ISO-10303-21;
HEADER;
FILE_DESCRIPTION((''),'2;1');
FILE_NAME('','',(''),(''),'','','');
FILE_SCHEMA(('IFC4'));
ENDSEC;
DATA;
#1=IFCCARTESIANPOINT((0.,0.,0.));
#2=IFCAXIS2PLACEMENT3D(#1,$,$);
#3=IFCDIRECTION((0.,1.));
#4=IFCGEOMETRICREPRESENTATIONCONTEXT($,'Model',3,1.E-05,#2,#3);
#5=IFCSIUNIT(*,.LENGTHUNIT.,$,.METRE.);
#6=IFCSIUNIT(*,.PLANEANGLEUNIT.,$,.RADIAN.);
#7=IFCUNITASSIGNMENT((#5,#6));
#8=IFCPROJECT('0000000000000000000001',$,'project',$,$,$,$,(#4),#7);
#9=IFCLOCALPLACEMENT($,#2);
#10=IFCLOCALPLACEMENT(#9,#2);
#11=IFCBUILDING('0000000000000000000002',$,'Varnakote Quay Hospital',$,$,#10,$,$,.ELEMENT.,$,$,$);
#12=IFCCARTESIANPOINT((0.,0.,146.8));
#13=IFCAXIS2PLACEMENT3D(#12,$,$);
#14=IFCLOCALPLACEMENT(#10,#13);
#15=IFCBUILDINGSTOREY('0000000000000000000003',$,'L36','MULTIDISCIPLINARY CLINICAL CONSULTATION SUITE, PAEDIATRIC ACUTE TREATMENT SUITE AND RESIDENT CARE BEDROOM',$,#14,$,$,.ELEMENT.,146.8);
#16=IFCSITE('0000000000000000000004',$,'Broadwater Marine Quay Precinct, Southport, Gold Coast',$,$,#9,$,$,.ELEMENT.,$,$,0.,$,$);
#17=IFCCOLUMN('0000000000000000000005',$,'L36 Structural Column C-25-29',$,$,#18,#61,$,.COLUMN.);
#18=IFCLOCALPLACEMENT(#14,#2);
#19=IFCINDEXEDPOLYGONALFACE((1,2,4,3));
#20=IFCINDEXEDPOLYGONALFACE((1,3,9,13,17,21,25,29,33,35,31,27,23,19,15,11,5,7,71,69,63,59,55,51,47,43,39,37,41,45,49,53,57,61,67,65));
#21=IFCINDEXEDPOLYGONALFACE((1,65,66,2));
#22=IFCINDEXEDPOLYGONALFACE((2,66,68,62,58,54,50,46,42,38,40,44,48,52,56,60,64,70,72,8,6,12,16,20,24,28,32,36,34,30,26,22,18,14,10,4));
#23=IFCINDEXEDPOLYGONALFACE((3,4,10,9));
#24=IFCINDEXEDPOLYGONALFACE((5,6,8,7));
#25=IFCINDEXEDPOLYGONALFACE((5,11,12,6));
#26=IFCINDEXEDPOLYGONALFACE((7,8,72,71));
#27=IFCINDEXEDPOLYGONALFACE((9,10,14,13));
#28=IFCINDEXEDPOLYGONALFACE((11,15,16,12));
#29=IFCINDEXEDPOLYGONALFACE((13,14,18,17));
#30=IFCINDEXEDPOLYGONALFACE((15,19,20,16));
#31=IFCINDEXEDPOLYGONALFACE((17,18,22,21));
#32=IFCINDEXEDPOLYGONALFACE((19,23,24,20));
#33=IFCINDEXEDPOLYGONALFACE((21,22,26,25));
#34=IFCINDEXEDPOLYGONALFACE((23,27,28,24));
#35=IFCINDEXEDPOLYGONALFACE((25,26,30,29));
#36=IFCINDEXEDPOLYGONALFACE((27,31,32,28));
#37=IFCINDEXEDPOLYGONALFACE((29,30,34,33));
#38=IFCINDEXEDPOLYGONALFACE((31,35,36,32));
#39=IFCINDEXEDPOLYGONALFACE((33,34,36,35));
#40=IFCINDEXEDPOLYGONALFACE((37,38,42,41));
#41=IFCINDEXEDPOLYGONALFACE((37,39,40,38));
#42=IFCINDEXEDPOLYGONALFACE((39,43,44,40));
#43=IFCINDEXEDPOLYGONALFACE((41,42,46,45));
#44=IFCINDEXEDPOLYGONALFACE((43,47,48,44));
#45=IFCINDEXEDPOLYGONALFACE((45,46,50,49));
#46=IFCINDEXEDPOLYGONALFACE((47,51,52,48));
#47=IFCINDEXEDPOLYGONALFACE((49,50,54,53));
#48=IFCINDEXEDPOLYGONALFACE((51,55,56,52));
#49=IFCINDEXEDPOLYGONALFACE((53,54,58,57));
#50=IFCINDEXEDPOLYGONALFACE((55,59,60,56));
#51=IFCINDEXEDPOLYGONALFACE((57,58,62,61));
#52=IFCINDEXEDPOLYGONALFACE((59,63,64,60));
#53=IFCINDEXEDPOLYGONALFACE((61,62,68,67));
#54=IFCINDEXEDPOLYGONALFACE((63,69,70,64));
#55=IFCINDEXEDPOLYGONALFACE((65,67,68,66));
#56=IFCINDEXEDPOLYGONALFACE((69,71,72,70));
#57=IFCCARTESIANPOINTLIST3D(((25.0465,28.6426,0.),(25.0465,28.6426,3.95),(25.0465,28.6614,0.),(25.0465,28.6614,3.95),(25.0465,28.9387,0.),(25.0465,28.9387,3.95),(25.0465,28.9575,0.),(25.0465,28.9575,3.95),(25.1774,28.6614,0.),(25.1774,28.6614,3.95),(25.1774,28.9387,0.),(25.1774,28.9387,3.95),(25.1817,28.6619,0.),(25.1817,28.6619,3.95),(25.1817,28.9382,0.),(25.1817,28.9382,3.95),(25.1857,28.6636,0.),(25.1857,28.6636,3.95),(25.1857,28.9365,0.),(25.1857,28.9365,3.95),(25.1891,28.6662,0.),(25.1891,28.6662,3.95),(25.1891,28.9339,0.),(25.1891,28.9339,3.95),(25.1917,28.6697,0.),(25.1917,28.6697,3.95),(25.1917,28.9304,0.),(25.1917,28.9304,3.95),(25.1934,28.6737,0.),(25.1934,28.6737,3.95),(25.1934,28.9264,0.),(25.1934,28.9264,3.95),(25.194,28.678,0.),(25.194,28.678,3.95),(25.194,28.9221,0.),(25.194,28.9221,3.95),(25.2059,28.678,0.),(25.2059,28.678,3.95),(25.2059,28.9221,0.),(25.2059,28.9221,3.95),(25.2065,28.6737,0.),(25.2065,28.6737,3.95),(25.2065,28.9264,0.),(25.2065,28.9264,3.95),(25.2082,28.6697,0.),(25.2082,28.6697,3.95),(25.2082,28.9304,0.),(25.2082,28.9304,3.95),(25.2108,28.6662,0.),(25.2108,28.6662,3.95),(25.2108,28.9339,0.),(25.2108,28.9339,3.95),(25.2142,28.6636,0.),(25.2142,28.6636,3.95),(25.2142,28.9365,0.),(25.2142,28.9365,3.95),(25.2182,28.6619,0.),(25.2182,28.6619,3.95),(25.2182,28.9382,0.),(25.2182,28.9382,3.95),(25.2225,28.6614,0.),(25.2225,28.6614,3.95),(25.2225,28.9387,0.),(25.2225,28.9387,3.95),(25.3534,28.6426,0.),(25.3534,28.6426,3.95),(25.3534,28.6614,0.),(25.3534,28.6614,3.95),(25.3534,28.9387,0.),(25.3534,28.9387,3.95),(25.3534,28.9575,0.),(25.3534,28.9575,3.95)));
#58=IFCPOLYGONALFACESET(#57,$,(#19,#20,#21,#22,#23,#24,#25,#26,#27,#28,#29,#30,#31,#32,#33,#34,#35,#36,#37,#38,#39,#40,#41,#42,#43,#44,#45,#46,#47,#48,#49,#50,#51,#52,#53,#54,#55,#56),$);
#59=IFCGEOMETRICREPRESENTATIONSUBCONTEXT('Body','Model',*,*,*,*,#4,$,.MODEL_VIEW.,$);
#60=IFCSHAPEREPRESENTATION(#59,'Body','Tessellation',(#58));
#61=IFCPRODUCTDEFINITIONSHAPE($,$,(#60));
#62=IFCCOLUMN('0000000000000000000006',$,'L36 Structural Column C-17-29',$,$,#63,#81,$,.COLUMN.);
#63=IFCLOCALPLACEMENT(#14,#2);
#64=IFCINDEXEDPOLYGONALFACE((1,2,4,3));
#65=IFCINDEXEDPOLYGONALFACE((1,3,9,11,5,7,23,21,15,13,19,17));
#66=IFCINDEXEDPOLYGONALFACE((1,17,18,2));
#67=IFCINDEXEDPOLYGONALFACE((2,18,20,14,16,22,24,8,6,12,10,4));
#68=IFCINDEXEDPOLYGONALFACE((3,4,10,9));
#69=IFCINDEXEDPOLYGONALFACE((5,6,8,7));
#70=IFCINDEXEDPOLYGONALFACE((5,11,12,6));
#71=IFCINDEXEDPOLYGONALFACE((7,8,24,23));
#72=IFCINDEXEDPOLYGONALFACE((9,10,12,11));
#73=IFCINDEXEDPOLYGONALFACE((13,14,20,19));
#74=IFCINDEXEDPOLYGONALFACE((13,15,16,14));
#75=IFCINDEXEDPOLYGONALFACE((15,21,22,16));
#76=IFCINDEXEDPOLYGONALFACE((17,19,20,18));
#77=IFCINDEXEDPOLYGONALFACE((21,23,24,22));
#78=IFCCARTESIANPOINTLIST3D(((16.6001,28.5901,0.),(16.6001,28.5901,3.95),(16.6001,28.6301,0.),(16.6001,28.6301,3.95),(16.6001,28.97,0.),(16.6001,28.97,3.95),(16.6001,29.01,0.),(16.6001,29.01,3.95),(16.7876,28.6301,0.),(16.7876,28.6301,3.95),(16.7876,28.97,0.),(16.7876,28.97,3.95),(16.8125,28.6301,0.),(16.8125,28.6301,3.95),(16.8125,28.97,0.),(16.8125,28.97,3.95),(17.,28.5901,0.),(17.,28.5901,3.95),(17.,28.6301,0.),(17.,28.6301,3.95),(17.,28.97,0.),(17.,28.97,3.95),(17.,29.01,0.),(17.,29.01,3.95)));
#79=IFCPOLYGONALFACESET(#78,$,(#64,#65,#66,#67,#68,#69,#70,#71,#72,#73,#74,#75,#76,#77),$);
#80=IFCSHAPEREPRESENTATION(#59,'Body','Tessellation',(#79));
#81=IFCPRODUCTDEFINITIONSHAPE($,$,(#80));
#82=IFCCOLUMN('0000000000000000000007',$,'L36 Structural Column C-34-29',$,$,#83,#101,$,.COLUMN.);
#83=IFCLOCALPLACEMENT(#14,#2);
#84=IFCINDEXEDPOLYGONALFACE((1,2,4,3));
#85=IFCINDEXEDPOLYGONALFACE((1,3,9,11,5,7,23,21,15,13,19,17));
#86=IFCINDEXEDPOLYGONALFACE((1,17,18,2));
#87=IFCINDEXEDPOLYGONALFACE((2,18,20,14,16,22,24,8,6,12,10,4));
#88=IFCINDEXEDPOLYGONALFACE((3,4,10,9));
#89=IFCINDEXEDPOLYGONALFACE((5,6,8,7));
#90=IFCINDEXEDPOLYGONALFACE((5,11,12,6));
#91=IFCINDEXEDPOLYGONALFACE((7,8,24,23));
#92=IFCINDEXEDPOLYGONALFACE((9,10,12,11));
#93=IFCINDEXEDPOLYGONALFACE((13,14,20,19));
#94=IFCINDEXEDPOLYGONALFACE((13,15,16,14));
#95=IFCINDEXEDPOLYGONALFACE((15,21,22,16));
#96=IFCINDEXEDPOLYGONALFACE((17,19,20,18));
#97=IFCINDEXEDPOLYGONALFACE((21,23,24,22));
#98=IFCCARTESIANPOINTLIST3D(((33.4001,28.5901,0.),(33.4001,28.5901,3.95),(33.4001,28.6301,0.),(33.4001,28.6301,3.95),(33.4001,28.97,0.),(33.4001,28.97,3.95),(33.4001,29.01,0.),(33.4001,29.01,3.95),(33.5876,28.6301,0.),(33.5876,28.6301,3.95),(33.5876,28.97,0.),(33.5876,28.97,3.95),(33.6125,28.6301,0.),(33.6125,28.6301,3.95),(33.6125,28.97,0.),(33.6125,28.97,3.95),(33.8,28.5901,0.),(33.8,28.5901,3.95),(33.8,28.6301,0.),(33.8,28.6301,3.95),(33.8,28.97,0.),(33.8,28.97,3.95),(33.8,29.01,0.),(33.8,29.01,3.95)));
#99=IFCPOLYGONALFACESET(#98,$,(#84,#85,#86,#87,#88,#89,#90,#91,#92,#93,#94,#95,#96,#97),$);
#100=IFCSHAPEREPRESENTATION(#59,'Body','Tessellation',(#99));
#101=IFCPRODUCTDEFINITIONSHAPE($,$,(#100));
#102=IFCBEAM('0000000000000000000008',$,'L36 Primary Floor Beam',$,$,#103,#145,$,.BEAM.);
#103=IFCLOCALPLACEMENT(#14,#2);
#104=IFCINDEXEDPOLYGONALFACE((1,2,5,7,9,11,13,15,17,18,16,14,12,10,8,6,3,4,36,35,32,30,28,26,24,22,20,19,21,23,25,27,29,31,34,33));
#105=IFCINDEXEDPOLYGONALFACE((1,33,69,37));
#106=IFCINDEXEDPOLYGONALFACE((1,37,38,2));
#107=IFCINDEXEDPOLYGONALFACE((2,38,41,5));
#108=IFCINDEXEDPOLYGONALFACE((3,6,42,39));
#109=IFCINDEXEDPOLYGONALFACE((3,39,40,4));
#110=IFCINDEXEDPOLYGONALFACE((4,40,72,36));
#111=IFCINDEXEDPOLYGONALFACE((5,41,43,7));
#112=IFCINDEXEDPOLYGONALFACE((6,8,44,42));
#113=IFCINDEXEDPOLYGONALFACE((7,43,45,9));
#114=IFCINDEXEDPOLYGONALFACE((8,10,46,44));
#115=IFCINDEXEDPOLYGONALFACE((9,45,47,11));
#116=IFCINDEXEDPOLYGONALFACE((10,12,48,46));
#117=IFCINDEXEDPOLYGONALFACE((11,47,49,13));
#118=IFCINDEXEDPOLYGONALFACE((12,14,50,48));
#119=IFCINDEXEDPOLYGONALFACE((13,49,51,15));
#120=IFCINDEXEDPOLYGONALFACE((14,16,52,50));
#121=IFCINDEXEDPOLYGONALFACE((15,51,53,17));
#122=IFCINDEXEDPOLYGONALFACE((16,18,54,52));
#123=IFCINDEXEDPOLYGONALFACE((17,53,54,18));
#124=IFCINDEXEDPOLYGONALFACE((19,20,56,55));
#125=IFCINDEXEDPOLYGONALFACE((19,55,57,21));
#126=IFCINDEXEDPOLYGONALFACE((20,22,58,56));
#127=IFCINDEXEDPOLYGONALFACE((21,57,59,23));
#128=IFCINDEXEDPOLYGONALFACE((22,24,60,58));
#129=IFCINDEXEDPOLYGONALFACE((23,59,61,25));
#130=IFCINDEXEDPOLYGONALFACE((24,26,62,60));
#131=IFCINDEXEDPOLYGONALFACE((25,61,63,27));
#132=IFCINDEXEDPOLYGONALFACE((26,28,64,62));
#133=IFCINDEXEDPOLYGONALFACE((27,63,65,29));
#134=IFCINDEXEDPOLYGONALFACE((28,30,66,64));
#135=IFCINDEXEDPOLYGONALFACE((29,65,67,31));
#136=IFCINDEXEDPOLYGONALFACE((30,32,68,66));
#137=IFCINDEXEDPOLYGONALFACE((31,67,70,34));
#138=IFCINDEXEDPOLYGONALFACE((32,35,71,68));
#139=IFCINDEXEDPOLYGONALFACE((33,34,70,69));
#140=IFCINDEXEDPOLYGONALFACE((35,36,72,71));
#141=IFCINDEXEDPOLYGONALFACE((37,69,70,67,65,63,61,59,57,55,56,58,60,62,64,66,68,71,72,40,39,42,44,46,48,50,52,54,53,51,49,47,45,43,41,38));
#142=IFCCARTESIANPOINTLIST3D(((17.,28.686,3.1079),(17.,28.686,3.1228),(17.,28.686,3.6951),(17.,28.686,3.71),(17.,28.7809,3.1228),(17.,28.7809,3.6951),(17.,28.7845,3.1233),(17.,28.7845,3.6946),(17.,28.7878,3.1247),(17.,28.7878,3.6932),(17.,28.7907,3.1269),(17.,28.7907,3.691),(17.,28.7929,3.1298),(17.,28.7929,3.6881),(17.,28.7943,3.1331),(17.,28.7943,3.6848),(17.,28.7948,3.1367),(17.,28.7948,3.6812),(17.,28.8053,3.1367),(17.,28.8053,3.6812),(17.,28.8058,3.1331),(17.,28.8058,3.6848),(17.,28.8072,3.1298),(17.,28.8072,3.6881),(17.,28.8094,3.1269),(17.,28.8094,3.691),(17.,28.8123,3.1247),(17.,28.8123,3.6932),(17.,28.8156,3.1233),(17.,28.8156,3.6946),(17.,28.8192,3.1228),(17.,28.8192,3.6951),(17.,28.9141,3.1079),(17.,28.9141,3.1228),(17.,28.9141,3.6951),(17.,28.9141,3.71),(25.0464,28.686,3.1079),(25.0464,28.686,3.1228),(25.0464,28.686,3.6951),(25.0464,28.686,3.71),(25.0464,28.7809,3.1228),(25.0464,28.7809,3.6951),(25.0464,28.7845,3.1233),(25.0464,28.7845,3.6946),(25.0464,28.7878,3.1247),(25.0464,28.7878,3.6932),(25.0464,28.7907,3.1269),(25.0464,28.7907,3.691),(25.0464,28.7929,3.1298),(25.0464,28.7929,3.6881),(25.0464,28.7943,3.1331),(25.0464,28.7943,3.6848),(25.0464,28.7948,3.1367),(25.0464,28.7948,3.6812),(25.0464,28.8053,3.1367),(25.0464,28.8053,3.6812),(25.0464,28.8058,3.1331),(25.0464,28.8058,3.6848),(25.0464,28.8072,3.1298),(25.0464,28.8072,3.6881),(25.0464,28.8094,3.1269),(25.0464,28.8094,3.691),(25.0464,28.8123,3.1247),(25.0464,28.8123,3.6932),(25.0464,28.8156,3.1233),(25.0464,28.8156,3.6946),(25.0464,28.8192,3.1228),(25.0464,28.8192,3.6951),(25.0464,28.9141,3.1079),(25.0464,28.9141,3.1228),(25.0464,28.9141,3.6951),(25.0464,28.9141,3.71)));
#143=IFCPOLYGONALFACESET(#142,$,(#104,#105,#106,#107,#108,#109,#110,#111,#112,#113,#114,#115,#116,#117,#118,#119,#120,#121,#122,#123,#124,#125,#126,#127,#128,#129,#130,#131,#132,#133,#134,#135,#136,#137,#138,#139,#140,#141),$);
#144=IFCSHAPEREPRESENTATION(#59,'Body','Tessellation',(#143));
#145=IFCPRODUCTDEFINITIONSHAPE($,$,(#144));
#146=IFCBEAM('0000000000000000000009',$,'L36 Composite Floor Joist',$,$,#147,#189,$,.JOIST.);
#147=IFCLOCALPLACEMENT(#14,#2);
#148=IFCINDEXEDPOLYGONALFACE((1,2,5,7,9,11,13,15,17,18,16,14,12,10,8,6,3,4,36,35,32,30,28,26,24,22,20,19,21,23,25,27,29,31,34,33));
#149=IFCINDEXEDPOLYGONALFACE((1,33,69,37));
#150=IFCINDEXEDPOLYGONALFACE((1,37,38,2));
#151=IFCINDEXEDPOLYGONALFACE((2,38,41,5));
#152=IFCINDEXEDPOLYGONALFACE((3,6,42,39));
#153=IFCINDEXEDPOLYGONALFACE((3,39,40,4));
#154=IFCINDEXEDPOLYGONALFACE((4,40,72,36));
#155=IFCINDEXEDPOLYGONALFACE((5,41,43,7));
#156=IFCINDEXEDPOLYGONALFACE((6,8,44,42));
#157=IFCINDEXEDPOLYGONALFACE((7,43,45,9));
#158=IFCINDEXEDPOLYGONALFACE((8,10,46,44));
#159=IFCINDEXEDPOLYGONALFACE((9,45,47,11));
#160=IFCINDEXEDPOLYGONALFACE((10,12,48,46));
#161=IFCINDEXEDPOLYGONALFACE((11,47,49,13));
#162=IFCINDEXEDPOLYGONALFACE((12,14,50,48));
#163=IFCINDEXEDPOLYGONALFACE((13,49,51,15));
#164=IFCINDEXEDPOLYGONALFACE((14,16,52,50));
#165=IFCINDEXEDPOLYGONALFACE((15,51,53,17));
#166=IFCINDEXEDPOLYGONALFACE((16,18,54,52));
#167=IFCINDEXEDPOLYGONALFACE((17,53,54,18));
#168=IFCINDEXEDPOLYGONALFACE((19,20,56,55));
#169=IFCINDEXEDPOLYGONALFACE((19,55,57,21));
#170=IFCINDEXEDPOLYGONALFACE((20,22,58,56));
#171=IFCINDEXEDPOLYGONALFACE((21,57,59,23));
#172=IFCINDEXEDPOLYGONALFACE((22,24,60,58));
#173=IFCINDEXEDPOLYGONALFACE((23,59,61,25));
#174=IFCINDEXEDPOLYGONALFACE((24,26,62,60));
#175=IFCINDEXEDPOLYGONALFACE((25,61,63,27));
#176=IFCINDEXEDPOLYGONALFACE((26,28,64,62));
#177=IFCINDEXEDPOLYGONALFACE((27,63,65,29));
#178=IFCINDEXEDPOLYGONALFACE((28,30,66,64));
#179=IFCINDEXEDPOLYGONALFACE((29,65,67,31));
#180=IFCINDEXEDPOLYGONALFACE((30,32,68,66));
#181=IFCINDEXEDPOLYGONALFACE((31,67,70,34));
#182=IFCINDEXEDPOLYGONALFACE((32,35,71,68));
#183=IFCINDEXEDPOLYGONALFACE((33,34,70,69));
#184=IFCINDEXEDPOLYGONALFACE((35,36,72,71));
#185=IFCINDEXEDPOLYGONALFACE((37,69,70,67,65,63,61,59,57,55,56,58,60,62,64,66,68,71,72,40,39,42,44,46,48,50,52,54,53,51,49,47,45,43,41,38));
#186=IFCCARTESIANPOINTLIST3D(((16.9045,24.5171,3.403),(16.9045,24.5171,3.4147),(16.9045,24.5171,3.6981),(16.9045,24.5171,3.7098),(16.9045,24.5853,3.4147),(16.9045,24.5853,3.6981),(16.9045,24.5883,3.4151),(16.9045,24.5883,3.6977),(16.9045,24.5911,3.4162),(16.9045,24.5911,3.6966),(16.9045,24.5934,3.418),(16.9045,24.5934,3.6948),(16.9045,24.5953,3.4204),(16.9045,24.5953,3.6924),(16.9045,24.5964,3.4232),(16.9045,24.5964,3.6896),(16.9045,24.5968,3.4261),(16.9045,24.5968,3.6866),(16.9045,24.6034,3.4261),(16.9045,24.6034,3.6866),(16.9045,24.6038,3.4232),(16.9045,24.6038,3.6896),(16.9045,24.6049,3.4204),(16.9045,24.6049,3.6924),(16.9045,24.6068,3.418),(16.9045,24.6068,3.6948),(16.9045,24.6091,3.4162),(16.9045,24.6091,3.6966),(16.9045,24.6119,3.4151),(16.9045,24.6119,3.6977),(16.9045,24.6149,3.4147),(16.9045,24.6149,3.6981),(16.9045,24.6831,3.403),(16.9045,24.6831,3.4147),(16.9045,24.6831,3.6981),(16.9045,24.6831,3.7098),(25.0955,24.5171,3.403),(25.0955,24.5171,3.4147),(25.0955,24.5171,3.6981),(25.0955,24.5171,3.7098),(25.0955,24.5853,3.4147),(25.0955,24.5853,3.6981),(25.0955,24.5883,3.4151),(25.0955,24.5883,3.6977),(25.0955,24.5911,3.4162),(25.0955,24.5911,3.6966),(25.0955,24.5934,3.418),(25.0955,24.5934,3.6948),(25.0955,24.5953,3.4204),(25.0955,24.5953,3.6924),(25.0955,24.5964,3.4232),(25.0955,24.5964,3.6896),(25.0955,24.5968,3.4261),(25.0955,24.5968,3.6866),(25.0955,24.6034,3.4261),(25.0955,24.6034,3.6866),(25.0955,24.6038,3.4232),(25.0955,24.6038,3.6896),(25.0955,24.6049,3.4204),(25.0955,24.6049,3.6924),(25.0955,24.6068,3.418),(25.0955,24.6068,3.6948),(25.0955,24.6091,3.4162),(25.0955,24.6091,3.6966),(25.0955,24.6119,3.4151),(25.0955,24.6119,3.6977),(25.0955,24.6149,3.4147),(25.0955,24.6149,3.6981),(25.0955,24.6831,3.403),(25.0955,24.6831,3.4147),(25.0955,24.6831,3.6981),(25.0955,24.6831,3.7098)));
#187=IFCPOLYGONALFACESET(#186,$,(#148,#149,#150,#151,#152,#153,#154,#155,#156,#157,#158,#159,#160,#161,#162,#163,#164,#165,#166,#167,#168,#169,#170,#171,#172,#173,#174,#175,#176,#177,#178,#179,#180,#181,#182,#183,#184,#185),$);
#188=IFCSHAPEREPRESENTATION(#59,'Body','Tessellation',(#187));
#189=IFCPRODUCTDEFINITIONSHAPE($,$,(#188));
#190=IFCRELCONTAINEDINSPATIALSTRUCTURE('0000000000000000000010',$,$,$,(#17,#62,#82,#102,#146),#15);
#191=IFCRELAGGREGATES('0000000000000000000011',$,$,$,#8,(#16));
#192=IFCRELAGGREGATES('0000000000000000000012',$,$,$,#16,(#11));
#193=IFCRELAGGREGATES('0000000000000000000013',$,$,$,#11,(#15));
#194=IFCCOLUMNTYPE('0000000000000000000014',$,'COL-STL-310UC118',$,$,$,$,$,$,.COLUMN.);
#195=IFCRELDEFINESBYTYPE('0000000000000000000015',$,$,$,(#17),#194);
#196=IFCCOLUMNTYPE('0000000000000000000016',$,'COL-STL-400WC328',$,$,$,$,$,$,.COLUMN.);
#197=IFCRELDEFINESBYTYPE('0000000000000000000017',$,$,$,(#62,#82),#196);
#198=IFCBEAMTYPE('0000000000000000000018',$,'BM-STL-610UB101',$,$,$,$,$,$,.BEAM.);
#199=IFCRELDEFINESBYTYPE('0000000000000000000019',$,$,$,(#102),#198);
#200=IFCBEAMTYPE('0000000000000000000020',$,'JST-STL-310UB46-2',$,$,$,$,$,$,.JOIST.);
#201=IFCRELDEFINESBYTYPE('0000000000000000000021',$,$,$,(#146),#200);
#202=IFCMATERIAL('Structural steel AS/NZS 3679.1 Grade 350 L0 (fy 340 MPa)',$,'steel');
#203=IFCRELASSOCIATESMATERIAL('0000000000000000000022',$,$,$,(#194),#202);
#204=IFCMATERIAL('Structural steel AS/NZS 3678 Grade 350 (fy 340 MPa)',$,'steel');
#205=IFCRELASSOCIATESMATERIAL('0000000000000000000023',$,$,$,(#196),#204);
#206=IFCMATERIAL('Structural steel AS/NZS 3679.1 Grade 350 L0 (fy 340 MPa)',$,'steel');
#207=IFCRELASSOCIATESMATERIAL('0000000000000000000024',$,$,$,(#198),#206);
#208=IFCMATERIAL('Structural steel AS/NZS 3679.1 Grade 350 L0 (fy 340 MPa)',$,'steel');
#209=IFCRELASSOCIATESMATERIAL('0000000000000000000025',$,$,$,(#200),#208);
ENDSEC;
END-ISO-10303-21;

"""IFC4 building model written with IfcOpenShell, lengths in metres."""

from ifc_helpers import new_model, si_unit, direction, frame, origin, origin_2d, place, context, subcontext, project, spatial, i_section, extrude, material, material_profile, profile_set, type_object, element, save


model = new_model("IFC4")

# Units and contexts
model_context = context("Model", 3, precision=1e-05, world=origin(), true_north=direction((0.0, 1.0)))
body_context = subcontext(model_context, "Body", "Model", "MODEL_VIEW")
ifc_project = project(units=[si_unit("LENGTHUNIT", "METRE"), si_unit("PLANEANGLEUNIT", "RADIAN")], contexts=[model_context])

# Site, building, storey
site_placement = place(None, origin())
site = spatial("IfcSite", under=ifc_project, at=site_placement, Name="Broadwater Marine Quay Precinct, Southport, Gold Coast", CompositionType="ELEMENT", RefElevation=0.0)
building_placement = place(site_placement, origin())
building = spatial("IfcBuilding", under=site, at=building_placement, Name="Varnakote Quay Hospital", CompositionType="ELEMENT")
storey_placement = place(building_placement, frame((0.0, 0.0, 146.8)))
storey = spatial("IfcBuildingStorey", under=building, at=storey_placement, Name="L36", Description="MULTIDISCIPLINARY CLINICAL CONSULTATION SUITE, PAEDIATRIC ACUTE TREATMENT SUITE AND RESIDENT CARE BEDROOM", CompositionType="ELEMENT", Elevation=146.8)

# Columns
ifc_material_1 = material(Name="Structural steel AS/NZS 3679.1 Grade 350 L0 (fy 340 MPa)", Category="steel")
ifc_material_profile_1 = material_profile(ifc_material_1, i_section(OverallWidth=0.3069, OverallDepth=0.3149, WebThickness=0.012, FlangeThickness=0.0188, FilletRadius=0.0166, at=origin_2d()), Name="310UC118")
ifc_profile_set_1 = profile_set([ifc_material_profile_1], Name="Structural steel AS/NZS 3679.1 Grade 350 L0 (fy 340 MPa)")
column_type_1 = type_object("IfcColumnType", Name="COL-STL-310UC118", PredefinedType="COLUMN", material=ifc_profile_set_1)
column_placement = place(storey_placement, frame((25.2, 28.8, 0.0), z_axis=(0.0, 0.0, 1.0), x_axis=(1.0, 0.0, 0.0)))
element("IfcColumn", 1, at=column_placement, inside=storey, type_object=column_type_1, Name="L36 Structural Column C-25-29", PredefinedType="COLUMN", context=body_context, shape_type="SweptSolid", body=[
    extrude(i_section(OverallWidth=0.3069, OverallDepth=0.3149, WebThickness=0.012, FlangeThickness=0.0188, FilletRadius=0.0166, at=origin_2d()), origin(), (0.0, 0.0, 1.0), 3.95),
])
ifc_material_2 = material(Name="Structural steel AS/NZS 3678 Grade 350 (fy 340 MPa)", Category="steel")
ifc_material_profile_2 = material_profile(ifc_material_2, i_section(OverallWidth=0.3999, OverallDepth=0.4199, WebThickness=0.0249, FlangeThickness=0.04, at=origin_2d()), Name="400WC328")
ifc_profile_set_2 = profile_set([ifc_material_profile_2], Name="Structural steel AS/NZS 3678 Grade 350 (fy 340 MPa)")
column_type_2 = type_object("IfcColumnType", Name="COL-STL-400WC328", PredefinedType="COLUMN", material=ifc_profile_set_2)
for number, where, z_axis, x_axis, name in (
    (2, (16.8, 28.8, 0.0), (0.0, 0.0, 1.0), (1.0, 0.0, 0.0), "L36 Structural Column C-17-29"),
    (3, (33.6001, 28.8, 0.0), (0.0, 0.0, 1.0), (1.0, 0.0, 0.0), "L36 Structural Column C-34-29"),
):
    element("IfcColumn", number, at=place(storey_placement, frame(where, z_axis=z_axis, x_axis=x_axis)), inside=storey, type_object=column_type_2, Name=name, PredefinedType="COLUMN", context=body_context, shape_type="SweptSolid", body=[
        extrude(i_section(OverallWidth=0.3999, OverallDepth=0.4199, WebThickness=0.0249, FlangeThickness=0.04, at=origin_2d()), origin(), (0.0, 0.0, 1.0), 3.95),
    ])

# Beams
ifc_material_3 = material(Name="Structural steel AS/NZS 3679.1 Grade 350 L0 (fy 340 MPa)", Category="steel")
ifc_material_profile_3 = material_profile(ifc_material_3, i_section(OverallWidth=0.228, OverallDepth=0.6021, WebThickness=0.0105, FlangeThickness=0.0149, FilletRadius=0.0139, at=origin_2d()), Name="610UB101")
ifc_profile_set_3 = profile_set([ifc_material_profile_3], Name="Structural steel AS/NZS 3679.1 Grade 350 L0 (fy 340 MPa)")
beam_type_1 = type_object("IfcBeamType", Name="BM-STL-610UB101", PredefinedType="BEAM", material=ifc_profile_set_3)
beam_1_placement = place(storey_placement, frame((17.0, 28.8, 3.4089), z_axis=(1.0, 0.0, 0.0), x_axis=(0.0, 1.0, 0.0)))
element("IfcBeam", 4, at=beam_1_placement, inside=storey, type_object=beam_type_1, Name="L36 Primary Floor Beam", PredefinedType="BEAM", context=body_context, shape_type="SweptSolid", body=[
    extrude(i_section(OverallWidth=0.228, OverallDepth=0.6021, WebThickness=0.0105, FlangeThickness=0.0149, FilletRadius=0.0139, at=origin_2d()), origin(), (0.0, 0.0, 1.0), 8.0464),
])
ifc_material_4 = material(Name="Structural steel AS/NZS 3679.1 Grade 350 L0 (fy 340 MPa)", Category="steel")
ifc_material_profile_4 = material_profile(ifc_material_4, i_section(OverallWidth=0.166, OverallDepth=0.3069, WebThickness=0.0066, FlangeThickness=0.0117, FilletRadius=0.0115, at=origin_2d()), Name="310UB46.2")
ifc_profile_set_4 = profile_set([ifc_material_profile_4], Name="Structural steel AS/NZS 3679.1 Grade 350 L0 (fy 340 MPa)")
beam_type_2 = type_object("IfcBeamType", Name="JST-STL-310UB46-2", PredefinedType="JOIST", material=ifc_profile_set_4)
beam_2_placement = place(storey_placement, frame((16.9045, 24.6001, 3.5564), z_axis=(1.0, 0.0, 0.0), x_axis=(0.0, 1.0, 0.0)))
element("IfcBeam", 5, at=beam_2_placement, inside=storey, type_object=beam_type_2, Name="L36 Composite Floor Joist", PredefinedType="JOIST", context=body_context, shape_type="SweptSolid", body=[
    extrude(i_section(OverallWidth=0.166, OverallDepth=0.3069, WebThickness=0.0066, FlangeThickness=0.0117, FilletRadius=0.0115, at=origin_2d()), origin(), (0.0, 0.0, 1.0), 8.1909),
])

save(model, "model.ifc")
